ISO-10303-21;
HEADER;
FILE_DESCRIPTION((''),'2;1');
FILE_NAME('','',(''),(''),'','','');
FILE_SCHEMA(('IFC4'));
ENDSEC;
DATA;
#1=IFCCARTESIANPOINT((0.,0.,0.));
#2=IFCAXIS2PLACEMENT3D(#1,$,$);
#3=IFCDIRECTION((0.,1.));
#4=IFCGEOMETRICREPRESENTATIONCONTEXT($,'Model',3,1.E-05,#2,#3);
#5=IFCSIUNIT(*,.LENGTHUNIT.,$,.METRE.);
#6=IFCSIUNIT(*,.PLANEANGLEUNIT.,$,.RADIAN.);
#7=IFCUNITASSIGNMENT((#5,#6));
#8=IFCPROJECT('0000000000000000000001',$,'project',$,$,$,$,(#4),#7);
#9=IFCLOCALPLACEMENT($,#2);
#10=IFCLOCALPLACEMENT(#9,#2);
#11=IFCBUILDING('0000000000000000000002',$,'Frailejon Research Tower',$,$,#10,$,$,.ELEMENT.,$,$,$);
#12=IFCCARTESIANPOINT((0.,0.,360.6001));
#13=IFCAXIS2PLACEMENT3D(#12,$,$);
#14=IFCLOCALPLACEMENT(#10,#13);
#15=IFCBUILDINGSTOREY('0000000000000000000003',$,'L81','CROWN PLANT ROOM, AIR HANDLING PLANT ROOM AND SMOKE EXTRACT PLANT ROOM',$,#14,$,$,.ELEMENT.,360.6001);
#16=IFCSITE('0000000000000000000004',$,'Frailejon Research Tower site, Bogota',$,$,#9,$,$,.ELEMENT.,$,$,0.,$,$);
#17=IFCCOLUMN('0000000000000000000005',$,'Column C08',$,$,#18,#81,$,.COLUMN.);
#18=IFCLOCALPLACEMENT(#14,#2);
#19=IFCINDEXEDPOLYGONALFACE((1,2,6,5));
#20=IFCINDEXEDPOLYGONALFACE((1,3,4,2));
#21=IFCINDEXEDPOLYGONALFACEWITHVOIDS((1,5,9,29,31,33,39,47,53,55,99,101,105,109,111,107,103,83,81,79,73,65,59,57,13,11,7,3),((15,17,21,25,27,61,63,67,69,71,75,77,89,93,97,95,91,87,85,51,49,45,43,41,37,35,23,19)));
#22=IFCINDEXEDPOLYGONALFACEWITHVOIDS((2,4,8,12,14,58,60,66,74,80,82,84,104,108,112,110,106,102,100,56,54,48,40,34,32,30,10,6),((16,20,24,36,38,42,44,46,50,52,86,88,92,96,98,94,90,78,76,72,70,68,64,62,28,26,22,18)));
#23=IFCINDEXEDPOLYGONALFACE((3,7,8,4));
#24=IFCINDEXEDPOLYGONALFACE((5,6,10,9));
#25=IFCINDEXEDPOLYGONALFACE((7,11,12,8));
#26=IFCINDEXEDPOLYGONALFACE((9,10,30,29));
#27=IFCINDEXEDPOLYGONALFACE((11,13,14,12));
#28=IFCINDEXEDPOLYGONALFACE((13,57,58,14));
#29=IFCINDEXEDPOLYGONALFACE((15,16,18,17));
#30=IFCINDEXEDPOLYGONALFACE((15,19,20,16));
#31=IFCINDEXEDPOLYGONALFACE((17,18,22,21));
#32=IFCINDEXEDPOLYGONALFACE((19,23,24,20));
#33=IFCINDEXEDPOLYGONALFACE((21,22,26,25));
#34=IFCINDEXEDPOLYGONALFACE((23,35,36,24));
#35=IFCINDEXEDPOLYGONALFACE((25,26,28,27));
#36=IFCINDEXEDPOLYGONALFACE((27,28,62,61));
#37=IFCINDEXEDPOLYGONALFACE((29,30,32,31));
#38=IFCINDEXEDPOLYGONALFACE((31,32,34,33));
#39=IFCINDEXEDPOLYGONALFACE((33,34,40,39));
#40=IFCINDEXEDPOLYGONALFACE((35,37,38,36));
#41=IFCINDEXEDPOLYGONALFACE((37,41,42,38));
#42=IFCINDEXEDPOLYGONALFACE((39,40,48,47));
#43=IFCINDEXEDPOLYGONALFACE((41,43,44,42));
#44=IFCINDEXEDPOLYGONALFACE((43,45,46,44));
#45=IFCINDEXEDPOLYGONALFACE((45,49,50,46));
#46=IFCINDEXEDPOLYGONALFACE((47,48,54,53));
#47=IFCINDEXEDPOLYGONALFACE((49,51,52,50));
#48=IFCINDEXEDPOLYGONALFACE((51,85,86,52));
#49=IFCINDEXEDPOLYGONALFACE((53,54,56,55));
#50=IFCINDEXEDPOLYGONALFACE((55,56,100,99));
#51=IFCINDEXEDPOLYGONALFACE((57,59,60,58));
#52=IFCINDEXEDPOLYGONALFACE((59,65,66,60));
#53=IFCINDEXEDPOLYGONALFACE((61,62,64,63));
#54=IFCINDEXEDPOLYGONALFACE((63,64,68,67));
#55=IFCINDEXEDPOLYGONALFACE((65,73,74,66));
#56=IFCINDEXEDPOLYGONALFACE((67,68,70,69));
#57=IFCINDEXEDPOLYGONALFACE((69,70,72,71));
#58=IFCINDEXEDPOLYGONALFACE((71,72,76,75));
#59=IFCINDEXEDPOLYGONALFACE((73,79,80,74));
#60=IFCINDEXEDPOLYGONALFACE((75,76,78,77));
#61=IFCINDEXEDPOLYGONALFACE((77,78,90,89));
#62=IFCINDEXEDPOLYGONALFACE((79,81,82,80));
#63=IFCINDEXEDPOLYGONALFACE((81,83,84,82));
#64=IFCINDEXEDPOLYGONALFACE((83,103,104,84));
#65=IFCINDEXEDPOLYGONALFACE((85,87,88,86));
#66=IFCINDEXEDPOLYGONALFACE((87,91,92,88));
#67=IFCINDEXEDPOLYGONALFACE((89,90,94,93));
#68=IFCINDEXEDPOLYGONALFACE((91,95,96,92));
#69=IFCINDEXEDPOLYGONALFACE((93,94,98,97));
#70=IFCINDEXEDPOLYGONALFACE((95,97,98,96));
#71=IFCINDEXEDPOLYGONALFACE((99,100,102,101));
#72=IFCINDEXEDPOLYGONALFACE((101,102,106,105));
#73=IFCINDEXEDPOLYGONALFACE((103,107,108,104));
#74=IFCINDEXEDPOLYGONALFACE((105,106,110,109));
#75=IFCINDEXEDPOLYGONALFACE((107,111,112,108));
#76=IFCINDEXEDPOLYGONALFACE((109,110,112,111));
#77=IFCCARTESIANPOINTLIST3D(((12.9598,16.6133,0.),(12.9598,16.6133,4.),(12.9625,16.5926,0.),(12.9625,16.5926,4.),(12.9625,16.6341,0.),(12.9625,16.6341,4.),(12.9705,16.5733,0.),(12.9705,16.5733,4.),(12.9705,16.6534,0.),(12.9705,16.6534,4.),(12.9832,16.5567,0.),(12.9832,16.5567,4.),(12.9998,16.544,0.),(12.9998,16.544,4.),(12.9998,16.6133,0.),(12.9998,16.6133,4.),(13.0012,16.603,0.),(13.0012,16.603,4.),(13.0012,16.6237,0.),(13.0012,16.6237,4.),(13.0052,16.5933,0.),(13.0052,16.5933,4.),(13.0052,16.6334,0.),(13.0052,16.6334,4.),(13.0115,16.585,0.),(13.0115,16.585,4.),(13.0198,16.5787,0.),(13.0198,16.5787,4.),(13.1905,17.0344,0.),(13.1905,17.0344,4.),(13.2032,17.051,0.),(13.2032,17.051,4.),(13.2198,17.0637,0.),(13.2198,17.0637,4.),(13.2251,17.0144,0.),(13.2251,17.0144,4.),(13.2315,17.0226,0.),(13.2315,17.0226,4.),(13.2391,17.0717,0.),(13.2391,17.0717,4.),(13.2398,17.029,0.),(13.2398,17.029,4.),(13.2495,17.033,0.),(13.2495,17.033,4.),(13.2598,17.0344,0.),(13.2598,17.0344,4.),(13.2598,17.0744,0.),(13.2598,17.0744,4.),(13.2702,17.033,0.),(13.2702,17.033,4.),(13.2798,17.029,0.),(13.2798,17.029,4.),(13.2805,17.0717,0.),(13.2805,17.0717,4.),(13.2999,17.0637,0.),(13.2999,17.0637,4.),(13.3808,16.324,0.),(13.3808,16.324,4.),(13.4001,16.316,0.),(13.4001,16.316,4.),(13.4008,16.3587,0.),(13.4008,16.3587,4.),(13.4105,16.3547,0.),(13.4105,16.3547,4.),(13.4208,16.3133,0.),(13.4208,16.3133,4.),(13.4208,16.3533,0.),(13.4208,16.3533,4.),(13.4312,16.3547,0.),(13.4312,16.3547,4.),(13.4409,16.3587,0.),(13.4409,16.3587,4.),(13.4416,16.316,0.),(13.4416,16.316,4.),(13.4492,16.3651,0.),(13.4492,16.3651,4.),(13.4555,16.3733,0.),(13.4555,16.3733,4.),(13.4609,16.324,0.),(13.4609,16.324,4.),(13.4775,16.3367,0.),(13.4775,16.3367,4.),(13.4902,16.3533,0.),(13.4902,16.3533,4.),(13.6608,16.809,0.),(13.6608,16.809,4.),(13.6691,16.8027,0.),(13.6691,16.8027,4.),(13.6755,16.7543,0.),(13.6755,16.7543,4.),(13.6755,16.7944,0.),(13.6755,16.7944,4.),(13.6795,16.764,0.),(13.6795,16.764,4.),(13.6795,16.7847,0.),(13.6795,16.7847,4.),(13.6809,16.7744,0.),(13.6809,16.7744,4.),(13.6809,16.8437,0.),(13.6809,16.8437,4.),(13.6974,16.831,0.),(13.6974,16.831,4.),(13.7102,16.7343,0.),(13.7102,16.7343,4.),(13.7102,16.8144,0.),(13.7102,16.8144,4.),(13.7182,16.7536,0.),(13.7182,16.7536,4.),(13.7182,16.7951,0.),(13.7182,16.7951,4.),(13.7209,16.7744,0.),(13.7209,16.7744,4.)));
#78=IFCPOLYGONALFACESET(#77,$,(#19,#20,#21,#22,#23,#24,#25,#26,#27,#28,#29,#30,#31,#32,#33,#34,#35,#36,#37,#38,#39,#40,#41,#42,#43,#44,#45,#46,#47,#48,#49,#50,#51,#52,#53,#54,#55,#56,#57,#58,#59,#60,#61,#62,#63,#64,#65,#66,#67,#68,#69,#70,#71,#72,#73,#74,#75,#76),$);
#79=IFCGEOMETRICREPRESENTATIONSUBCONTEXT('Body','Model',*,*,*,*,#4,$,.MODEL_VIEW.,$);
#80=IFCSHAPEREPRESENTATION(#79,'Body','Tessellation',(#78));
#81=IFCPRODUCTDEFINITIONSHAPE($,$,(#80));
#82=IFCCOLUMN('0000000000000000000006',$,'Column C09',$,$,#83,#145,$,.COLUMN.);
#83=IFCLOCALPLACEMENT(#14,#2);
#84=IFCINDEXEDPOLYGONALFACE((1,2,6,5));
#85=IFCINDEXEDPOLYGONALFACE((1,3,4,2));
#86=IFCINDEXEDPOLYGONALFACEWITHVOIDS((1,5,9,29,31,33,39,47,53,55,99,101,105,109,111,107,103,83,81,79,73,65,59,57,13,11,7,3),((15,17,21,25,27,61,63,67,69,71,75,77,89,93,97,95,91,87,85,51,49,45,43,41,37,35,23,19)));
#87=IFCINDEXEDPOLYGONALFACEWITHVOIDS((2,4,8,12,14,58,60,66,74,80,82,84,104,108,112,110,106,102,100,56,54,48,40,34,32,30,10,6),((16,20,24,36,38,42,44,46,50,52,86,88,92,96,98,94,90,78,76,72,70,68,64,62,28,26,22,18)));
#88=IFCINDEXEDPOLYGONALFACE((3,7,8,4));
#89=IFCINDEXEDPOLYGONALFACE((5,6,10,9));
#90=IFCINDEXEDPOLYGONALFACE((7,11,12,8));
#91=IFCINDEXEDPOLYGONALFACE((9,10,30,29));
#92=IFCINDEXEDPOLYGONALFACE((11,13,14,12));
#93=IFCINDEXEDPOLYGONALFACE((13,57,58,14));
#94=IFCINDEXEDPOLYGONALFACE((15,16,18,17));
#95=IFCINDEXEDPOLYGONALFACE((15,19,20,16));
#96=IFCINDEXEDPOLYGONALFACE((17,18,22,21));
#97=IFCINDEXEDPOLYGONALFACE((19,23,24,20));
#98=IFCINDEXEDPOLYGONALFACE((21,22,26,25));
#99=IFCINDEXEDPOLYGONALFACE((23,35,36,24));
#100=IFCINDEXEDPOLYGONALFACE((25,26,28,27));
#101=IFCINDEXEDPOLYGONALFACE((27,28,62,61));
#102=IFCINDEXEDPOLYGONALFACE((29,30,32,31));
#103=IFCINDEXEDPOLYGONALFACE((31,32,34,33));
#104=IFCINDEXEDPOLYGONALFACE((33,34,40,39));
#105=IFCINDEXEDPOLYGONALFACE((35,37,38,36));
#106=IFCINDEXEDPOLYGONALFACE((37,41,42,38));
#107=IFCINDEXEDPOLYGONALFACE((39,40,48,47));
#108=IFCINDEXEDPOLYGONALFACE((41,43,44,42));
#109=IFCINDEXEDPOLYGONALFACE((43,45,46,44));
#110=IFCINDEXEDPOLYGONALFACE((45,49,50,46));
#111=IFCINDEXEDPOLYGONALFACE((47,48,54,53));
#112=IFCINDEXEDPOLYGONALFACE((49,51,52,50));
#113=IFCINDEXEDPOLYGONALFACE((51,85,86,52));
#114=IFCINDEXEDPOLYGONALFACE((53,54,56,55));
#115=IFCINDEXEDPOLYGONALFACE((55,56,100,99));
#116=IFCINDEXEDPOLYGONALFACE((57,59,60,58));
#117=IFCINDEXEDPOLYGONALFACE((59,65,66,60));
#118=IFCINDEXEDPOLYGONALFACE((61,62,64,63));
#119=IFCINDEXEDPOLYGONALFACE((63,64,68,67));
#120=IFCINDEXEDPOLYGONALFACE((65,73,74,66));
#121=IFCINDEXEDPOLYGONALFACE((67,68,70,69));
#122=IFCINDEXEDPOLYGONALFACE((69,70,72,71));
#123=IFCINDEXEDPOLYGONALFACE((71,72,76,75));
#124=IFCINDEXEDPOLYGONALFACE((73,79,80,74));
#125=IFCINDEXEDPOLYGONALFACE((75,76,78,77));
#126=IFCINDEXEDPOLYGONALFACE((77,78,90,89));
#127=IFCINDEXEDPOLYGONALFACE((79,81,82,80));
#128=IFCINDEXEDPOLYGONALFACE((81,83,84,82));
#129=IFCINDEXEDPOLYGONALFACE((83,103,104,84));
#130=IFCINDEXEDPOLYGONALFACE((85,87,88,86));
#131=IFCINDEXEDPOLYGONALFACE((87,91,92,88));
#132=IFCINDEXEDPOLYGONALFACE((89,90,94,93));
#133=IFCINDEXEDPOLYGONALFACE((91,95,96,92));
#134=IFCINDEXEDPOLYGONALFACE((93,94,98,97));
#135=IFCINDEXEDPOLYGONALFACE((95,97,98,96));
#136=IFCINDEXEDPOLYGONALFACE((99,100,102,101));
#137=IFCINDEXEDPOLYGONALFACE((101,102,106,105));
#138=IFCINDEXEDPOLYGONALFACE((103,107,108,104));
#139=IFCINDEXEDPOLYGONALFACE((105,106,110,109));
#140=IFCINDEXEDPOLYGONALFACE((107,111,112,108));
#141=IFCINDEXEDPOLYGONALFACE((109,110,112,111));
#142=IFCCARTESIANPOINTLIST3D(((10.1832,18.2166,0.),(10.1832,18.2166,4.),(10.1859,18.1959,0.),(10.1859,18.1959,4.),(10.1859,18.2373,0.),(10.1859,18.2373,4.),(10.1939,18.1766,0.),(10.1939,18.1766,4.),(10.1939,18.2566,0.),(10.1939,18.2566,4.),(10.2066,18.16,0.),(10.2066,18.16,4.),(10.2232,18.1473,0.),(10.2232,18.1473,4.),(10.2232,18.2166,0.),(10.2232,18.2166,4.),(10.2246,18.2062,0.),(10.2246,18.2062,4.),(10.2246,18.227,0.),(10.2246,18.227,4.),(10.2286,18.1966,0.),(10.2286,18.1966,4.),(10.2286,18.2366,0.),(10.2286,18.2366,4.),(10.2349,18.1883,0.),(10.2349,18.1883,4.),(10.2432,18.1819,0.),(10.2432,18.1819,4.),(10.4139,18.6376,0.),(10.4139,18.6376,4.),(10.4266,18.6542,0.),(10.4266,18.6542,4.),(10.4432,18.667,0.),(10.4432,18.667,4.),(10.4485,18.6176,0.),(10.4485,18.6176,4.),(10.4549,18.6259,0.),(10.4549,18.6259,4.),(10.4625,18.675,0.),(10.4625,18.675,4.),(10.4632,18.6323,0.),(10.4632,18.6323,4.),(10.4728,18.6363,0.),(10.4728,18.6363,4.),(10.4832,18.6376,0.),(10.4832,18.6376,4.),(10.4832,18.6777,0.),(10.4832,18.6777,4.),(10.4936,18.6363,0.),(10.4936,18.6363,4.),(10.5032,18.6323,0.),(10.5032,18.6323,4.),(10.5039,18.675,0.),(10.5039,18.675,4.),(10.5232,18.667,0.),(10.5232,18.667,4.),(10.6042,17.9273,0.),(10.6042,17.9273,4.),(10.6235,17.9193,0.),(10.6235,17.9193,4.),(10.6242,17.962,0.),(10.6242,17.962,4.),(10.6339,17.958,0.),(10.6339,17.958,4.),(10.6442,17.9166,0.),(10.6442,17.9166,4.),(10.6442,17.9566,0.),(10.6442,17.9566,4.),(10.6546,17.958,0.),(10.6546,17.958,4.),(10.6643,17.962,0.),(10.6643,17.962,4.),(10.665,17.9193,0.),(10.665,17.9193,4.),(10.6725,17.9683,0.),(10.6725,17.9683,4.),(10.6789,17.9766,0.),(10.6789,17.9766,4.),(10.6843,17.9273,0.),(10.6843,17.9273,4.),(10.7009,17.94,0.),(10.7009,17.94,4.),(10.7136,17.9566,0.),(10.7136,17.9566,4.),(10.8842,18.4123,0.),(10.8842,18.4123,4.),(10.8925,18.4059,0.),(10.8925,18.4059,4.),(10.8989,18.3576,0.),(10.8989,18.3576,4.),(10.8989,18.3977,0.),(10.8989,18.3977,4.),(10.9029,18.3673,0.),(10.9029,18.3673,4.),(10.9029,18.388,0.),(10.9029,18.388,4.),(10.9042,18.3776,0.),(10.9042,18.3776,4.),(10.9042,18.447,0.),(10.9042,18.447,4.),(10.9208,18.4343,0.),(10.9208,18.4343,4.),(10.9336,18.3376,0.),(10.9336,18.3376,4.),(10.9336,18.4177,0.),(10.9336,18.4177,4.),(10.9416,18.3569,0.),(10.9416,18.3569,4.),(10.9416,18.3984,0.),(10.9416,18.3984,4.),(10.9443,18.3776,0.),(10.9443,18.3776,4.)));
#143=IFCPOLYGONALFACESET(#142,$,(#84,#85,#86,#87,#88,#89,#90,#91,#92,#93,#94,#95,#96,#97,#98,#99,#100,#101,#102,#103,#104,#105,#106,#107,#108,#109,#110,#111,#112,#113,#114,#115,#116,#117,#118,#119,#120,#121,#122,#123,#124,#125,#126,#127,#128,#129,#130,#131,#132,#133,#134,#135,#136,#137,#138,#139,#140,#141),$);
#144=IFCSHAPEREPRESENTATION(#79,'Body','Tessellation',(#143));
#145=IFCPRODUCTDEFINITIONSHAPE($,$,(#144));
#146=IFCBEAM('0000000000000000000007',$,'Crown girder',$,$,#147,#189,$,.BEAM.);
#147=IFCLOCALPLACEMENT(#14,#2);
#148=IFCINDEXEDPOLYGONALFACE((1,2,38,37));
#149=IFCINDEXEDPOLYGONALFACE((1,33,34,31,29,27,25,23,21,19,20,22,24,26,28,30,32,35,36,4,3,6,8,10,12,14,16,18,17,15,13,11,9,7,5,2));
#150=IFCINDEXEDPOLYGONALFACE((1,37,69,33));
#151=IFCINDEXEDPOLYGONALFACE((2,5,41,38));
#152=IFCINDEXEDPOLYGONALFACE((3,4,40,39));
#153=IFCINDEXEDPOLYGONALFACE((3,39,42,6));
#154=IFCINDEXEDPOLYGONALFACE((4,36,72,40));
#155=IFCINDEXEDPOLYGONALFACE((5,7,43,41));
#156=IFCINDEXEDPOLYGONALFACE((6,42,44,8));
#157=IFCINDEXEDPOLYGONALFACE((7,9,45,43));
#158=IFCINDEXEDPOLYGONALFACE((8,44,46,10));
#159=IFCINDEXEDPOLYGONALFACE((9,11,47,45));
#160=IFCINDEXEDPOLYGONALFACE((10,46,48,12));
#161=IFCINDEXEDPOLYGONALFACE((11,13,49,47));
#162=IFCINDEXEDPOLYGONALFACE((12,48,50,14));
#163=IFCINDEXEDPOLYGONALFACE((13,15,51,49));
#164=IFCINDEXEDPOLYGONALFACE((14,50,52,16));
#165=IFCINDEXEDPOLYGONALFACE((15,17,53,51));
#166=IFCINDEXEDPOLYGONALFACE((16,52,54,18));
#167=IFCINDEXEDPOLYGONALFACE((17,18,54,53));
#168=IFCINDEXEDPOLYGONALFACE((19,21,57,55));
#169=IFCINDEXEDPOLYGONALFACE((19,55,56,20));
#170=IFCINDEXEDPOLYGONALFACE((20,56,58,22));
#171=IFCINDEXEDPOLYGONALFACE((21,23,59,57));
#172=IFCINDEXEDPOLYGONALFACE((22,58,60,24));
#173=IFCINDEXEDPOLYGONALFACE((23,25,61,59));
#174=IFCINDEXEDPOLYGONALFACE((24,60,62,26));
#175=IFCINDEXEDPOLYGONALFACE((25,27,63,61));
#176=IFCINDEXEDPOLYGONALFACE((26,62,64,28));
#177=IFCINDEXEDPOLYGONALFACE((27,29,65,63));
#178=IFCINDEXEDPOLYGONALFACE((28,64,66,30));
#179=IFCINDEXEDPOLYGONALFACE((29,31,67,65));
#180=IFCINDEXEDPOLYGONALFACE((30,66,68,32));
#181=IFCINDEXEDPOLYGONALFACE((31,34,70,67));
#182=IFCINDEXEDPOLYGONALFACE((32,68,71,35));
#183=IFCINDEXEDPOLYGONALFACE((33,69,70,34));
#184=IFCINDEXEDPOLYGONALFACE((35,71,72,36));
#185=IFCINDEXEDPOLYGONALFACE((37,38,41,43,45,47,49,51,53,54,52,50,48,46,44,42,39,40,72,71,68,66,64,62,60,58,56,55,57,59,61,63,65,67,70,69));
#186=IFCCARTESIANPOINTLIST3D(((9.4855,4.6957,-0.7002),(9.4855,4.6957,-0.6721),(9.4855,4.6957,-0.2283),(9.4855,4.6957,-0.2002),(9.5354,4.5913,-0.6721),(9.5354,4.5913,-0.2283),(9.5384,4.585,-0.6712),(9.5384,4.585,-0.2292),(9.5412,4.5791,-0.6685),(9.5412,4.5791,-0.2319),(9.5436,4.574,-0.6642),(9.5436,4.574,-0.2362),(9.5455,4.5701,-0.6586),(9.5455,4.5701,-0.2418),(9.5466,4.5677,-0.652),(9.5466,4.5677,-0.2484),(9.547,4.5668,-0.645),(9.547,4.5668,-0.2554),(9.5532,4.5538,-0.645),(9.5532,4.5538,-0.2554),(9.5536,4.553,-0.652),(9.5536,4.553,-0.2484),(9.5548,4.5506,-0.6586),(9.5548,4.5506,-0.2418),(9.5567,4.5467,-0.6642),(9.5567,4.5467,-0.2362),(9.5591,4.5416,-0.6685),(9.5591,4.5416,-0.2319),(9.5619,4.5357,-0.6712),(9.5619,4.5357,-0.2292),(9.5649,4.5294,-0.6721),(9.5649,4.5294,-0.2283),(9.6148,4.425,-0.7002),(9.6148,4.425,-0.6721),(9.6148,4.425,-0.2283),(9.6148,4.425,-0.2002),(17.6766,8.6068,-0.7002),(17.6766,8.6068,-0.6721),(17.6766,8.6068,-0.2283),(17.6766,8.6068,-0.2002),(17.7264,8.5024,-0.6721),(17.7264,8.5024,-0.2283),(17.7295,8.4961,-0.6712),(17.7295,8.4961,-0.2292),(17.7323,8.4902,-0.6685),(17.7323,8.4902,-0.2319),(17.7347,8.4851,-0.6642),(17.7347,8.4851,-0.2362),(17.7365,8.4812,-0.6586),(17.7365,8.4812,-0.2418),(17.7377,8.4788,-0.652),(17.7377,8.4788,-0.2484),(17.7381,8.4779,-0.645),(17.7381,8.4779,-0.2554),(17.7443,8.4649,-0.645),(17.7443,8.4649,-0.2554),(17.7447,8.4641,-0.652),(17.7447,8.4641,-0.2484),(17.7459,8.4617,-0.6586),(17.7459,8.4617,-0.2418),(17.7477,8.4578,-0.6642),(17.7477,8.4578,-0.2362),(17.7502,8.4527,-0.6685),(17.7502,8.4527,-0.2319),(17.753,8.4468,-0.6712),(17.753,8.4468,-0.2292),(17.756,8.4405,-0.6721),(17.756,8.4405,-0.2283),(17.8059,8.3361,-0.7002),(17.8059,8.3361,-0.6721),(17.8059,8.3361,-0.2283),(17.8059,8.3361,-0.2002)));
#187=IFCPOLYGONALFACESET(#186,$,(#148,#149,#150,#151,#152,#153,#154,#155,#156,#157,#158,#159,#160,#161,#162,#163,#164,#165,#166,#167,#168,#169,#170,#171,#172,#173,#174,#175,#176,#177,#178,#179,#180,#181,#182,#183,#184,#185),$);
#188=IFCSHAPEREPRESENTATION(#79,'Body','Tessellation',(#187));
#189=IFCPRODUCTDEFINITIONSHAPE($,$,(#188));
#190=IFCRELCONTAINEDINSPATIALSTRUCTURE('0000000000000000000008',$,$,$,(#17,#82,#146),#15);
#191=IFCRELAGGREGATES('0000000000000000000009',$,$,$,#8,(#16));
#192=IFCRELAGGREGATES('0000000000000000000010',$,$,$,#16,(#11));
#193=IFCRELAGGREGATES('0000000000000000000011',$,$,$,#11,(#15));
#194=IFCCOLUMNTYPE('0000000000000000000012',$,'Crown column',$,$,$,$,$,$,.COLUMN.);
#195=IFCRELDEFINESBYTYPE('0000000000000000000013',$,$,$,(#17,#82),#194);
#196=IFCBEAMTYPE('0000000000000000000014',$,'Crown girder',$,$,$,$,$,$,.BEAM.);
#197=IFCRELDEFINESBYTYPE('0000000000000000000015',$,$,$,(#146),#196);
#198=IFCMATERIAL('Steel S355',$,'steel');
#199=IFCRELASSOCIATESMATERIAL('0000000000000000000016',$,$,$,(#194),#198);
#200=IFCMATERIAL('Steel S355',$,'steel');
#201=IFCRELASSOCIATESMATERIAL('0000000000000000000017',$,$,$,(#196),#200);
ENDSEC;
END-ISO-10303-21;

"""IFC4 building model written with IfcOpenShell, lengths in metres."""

from ifc_helpers import new_model, si_unit, direction, frame, origin, origin_2d, place, context, subcontext, project, spatial, hollow_rectangle, i_section, extrude, material, material_profile, profile_set, type_object, element, save


model = new_model("IFC4")

# Units and contexts
model_context = context("Model", 3, precision=1e-05, world=origin(), true_north=direction((0.0, 1.0)))
body_context = subcontext(model_context, "Body", "Model", "MODEL_VIEW")
ifc_project = project(units=[si_unit("LENGTHUNIT", "METRE"), si_unit("PLANEANGLEUNIT", "RADIAN")], contexts=[model_context])

# Site, building, storey
site_placement = place(None, origin())
site = spatial("IfcSite", under=ifc_project, at=site_placement, Name="Frailejon Research Tower site, Bogota", CompositionType="ELEMENT", RefElevation=0.0)
building_placement = place(site_placement, origin())
building = spatial("IfcBuilding", under=site, at=building_placement, Name="Frailejon Research Tower", CompositionType="ELEMENT")
storey_placement = place(building_placement, frame((0.0, 0.0, 360.6001)))
storey = spatial("IfcBuildingStorey", under=building, at=storey_placement, Name="L81", Description="CROWN PLANT ROOM, AIR HANDLING PLANT ROOM AND SMOKE EXTRACT PLANT ROOM", CompositionType="ELEMENT", Elevation=360.6001)

# Columns
ifc_material_1 = material(Name="Steel S355", Category="steel")
ifc_material_profile_1 = material_profile(ifc_material_1, hollow_rectangle(XDim=0.6001, YDim=0.6001, WallThickness=0.04, InnerFilletRadius=0.04, OuterFilletRadius=0.0801, at=origin_2d()), Name="Crown column")
ifc_profile_set_1 = profile_set([ifc_material_profile_1], Name="Steel S355")
column_type = type_object("IfcColumnType", Name="Crown column", PredefinedType="COLUMN", material=ifc_profile_set_1)
for number, where, z_axis, x_axis, name in (
    (1, (13.3403, 16.6938, 0.0), (0.0, 0.0, 1.0), (-0.866025, 0.5, 0.0), "Column C08"),
    (2, (10.5637, 18.2971, 0.0), (0.0, 0.0, 1.0), (-0.866025, 0.5, 0.0), "Column C09"),
):
    element("IfcColumn", number, at=place(storey_placement, frame(where, z_axis=z_axis, x_axis=x_axis)), inside=storey, type_object=column_type, Name=name, PredefinedType="COLUMN", context=body_context, shape_type="SweptSolid", body=[
        extrude(hollow_rectangle(XDim=0.6001, YDim=0.6001, WallThickness=0.04, InnerFilletRadius=0.04, OuterFilletRadius=0.0801, at=origin_2d()), origin(), (0.0, 0.0, 1.0), 4.0),
    ])

# Beam
ifc_material_2 = material(Name="Steel S355", Category="steel")
ifc_material_profile_2 = material_profile(ifc_material_2, i_section(OverallWidth=0.3, OverallDepth=0.5, WebThickness=0.0144, FlangeThickness=0.0281, FilletRadius=0.0271, at=origin_2d()), Name="HE 500 B")
ifc_profile_set_2 = profile_set([ifc_material_profile_2], Name="Steel S355")
beam_type_1 = type_object("IfcBeamType", Name="Crown girder", PredefinedType="BEAM", material=ifc_profile_set_2)
beam_1_placement = place(storey_placement, frame((17.7412, 8.4714, -0.4502), z_axis=(-0.902408, -0.430883, 0.0), x_axis=(0.430883, -0.902408, 0.0)))
element("IfcBeam", 3, at=beam_1_placement, inside=storey, type_object=beam_type_1, Name="Crown girder", PredefinedType="BEAM", context=body_context, shape_type="SweptSolid", body=[
    extrude(i_section(OverallWidth=0.3, OverallDepth=0.5, WebThickness=0.0144, FlangeThickness=0.0281, FilletRadius=0.0271, at=origin_2d()), origin(), (0.0, 0.0, 1.0), 9.0769),
])

save(model, "model.ifc")
